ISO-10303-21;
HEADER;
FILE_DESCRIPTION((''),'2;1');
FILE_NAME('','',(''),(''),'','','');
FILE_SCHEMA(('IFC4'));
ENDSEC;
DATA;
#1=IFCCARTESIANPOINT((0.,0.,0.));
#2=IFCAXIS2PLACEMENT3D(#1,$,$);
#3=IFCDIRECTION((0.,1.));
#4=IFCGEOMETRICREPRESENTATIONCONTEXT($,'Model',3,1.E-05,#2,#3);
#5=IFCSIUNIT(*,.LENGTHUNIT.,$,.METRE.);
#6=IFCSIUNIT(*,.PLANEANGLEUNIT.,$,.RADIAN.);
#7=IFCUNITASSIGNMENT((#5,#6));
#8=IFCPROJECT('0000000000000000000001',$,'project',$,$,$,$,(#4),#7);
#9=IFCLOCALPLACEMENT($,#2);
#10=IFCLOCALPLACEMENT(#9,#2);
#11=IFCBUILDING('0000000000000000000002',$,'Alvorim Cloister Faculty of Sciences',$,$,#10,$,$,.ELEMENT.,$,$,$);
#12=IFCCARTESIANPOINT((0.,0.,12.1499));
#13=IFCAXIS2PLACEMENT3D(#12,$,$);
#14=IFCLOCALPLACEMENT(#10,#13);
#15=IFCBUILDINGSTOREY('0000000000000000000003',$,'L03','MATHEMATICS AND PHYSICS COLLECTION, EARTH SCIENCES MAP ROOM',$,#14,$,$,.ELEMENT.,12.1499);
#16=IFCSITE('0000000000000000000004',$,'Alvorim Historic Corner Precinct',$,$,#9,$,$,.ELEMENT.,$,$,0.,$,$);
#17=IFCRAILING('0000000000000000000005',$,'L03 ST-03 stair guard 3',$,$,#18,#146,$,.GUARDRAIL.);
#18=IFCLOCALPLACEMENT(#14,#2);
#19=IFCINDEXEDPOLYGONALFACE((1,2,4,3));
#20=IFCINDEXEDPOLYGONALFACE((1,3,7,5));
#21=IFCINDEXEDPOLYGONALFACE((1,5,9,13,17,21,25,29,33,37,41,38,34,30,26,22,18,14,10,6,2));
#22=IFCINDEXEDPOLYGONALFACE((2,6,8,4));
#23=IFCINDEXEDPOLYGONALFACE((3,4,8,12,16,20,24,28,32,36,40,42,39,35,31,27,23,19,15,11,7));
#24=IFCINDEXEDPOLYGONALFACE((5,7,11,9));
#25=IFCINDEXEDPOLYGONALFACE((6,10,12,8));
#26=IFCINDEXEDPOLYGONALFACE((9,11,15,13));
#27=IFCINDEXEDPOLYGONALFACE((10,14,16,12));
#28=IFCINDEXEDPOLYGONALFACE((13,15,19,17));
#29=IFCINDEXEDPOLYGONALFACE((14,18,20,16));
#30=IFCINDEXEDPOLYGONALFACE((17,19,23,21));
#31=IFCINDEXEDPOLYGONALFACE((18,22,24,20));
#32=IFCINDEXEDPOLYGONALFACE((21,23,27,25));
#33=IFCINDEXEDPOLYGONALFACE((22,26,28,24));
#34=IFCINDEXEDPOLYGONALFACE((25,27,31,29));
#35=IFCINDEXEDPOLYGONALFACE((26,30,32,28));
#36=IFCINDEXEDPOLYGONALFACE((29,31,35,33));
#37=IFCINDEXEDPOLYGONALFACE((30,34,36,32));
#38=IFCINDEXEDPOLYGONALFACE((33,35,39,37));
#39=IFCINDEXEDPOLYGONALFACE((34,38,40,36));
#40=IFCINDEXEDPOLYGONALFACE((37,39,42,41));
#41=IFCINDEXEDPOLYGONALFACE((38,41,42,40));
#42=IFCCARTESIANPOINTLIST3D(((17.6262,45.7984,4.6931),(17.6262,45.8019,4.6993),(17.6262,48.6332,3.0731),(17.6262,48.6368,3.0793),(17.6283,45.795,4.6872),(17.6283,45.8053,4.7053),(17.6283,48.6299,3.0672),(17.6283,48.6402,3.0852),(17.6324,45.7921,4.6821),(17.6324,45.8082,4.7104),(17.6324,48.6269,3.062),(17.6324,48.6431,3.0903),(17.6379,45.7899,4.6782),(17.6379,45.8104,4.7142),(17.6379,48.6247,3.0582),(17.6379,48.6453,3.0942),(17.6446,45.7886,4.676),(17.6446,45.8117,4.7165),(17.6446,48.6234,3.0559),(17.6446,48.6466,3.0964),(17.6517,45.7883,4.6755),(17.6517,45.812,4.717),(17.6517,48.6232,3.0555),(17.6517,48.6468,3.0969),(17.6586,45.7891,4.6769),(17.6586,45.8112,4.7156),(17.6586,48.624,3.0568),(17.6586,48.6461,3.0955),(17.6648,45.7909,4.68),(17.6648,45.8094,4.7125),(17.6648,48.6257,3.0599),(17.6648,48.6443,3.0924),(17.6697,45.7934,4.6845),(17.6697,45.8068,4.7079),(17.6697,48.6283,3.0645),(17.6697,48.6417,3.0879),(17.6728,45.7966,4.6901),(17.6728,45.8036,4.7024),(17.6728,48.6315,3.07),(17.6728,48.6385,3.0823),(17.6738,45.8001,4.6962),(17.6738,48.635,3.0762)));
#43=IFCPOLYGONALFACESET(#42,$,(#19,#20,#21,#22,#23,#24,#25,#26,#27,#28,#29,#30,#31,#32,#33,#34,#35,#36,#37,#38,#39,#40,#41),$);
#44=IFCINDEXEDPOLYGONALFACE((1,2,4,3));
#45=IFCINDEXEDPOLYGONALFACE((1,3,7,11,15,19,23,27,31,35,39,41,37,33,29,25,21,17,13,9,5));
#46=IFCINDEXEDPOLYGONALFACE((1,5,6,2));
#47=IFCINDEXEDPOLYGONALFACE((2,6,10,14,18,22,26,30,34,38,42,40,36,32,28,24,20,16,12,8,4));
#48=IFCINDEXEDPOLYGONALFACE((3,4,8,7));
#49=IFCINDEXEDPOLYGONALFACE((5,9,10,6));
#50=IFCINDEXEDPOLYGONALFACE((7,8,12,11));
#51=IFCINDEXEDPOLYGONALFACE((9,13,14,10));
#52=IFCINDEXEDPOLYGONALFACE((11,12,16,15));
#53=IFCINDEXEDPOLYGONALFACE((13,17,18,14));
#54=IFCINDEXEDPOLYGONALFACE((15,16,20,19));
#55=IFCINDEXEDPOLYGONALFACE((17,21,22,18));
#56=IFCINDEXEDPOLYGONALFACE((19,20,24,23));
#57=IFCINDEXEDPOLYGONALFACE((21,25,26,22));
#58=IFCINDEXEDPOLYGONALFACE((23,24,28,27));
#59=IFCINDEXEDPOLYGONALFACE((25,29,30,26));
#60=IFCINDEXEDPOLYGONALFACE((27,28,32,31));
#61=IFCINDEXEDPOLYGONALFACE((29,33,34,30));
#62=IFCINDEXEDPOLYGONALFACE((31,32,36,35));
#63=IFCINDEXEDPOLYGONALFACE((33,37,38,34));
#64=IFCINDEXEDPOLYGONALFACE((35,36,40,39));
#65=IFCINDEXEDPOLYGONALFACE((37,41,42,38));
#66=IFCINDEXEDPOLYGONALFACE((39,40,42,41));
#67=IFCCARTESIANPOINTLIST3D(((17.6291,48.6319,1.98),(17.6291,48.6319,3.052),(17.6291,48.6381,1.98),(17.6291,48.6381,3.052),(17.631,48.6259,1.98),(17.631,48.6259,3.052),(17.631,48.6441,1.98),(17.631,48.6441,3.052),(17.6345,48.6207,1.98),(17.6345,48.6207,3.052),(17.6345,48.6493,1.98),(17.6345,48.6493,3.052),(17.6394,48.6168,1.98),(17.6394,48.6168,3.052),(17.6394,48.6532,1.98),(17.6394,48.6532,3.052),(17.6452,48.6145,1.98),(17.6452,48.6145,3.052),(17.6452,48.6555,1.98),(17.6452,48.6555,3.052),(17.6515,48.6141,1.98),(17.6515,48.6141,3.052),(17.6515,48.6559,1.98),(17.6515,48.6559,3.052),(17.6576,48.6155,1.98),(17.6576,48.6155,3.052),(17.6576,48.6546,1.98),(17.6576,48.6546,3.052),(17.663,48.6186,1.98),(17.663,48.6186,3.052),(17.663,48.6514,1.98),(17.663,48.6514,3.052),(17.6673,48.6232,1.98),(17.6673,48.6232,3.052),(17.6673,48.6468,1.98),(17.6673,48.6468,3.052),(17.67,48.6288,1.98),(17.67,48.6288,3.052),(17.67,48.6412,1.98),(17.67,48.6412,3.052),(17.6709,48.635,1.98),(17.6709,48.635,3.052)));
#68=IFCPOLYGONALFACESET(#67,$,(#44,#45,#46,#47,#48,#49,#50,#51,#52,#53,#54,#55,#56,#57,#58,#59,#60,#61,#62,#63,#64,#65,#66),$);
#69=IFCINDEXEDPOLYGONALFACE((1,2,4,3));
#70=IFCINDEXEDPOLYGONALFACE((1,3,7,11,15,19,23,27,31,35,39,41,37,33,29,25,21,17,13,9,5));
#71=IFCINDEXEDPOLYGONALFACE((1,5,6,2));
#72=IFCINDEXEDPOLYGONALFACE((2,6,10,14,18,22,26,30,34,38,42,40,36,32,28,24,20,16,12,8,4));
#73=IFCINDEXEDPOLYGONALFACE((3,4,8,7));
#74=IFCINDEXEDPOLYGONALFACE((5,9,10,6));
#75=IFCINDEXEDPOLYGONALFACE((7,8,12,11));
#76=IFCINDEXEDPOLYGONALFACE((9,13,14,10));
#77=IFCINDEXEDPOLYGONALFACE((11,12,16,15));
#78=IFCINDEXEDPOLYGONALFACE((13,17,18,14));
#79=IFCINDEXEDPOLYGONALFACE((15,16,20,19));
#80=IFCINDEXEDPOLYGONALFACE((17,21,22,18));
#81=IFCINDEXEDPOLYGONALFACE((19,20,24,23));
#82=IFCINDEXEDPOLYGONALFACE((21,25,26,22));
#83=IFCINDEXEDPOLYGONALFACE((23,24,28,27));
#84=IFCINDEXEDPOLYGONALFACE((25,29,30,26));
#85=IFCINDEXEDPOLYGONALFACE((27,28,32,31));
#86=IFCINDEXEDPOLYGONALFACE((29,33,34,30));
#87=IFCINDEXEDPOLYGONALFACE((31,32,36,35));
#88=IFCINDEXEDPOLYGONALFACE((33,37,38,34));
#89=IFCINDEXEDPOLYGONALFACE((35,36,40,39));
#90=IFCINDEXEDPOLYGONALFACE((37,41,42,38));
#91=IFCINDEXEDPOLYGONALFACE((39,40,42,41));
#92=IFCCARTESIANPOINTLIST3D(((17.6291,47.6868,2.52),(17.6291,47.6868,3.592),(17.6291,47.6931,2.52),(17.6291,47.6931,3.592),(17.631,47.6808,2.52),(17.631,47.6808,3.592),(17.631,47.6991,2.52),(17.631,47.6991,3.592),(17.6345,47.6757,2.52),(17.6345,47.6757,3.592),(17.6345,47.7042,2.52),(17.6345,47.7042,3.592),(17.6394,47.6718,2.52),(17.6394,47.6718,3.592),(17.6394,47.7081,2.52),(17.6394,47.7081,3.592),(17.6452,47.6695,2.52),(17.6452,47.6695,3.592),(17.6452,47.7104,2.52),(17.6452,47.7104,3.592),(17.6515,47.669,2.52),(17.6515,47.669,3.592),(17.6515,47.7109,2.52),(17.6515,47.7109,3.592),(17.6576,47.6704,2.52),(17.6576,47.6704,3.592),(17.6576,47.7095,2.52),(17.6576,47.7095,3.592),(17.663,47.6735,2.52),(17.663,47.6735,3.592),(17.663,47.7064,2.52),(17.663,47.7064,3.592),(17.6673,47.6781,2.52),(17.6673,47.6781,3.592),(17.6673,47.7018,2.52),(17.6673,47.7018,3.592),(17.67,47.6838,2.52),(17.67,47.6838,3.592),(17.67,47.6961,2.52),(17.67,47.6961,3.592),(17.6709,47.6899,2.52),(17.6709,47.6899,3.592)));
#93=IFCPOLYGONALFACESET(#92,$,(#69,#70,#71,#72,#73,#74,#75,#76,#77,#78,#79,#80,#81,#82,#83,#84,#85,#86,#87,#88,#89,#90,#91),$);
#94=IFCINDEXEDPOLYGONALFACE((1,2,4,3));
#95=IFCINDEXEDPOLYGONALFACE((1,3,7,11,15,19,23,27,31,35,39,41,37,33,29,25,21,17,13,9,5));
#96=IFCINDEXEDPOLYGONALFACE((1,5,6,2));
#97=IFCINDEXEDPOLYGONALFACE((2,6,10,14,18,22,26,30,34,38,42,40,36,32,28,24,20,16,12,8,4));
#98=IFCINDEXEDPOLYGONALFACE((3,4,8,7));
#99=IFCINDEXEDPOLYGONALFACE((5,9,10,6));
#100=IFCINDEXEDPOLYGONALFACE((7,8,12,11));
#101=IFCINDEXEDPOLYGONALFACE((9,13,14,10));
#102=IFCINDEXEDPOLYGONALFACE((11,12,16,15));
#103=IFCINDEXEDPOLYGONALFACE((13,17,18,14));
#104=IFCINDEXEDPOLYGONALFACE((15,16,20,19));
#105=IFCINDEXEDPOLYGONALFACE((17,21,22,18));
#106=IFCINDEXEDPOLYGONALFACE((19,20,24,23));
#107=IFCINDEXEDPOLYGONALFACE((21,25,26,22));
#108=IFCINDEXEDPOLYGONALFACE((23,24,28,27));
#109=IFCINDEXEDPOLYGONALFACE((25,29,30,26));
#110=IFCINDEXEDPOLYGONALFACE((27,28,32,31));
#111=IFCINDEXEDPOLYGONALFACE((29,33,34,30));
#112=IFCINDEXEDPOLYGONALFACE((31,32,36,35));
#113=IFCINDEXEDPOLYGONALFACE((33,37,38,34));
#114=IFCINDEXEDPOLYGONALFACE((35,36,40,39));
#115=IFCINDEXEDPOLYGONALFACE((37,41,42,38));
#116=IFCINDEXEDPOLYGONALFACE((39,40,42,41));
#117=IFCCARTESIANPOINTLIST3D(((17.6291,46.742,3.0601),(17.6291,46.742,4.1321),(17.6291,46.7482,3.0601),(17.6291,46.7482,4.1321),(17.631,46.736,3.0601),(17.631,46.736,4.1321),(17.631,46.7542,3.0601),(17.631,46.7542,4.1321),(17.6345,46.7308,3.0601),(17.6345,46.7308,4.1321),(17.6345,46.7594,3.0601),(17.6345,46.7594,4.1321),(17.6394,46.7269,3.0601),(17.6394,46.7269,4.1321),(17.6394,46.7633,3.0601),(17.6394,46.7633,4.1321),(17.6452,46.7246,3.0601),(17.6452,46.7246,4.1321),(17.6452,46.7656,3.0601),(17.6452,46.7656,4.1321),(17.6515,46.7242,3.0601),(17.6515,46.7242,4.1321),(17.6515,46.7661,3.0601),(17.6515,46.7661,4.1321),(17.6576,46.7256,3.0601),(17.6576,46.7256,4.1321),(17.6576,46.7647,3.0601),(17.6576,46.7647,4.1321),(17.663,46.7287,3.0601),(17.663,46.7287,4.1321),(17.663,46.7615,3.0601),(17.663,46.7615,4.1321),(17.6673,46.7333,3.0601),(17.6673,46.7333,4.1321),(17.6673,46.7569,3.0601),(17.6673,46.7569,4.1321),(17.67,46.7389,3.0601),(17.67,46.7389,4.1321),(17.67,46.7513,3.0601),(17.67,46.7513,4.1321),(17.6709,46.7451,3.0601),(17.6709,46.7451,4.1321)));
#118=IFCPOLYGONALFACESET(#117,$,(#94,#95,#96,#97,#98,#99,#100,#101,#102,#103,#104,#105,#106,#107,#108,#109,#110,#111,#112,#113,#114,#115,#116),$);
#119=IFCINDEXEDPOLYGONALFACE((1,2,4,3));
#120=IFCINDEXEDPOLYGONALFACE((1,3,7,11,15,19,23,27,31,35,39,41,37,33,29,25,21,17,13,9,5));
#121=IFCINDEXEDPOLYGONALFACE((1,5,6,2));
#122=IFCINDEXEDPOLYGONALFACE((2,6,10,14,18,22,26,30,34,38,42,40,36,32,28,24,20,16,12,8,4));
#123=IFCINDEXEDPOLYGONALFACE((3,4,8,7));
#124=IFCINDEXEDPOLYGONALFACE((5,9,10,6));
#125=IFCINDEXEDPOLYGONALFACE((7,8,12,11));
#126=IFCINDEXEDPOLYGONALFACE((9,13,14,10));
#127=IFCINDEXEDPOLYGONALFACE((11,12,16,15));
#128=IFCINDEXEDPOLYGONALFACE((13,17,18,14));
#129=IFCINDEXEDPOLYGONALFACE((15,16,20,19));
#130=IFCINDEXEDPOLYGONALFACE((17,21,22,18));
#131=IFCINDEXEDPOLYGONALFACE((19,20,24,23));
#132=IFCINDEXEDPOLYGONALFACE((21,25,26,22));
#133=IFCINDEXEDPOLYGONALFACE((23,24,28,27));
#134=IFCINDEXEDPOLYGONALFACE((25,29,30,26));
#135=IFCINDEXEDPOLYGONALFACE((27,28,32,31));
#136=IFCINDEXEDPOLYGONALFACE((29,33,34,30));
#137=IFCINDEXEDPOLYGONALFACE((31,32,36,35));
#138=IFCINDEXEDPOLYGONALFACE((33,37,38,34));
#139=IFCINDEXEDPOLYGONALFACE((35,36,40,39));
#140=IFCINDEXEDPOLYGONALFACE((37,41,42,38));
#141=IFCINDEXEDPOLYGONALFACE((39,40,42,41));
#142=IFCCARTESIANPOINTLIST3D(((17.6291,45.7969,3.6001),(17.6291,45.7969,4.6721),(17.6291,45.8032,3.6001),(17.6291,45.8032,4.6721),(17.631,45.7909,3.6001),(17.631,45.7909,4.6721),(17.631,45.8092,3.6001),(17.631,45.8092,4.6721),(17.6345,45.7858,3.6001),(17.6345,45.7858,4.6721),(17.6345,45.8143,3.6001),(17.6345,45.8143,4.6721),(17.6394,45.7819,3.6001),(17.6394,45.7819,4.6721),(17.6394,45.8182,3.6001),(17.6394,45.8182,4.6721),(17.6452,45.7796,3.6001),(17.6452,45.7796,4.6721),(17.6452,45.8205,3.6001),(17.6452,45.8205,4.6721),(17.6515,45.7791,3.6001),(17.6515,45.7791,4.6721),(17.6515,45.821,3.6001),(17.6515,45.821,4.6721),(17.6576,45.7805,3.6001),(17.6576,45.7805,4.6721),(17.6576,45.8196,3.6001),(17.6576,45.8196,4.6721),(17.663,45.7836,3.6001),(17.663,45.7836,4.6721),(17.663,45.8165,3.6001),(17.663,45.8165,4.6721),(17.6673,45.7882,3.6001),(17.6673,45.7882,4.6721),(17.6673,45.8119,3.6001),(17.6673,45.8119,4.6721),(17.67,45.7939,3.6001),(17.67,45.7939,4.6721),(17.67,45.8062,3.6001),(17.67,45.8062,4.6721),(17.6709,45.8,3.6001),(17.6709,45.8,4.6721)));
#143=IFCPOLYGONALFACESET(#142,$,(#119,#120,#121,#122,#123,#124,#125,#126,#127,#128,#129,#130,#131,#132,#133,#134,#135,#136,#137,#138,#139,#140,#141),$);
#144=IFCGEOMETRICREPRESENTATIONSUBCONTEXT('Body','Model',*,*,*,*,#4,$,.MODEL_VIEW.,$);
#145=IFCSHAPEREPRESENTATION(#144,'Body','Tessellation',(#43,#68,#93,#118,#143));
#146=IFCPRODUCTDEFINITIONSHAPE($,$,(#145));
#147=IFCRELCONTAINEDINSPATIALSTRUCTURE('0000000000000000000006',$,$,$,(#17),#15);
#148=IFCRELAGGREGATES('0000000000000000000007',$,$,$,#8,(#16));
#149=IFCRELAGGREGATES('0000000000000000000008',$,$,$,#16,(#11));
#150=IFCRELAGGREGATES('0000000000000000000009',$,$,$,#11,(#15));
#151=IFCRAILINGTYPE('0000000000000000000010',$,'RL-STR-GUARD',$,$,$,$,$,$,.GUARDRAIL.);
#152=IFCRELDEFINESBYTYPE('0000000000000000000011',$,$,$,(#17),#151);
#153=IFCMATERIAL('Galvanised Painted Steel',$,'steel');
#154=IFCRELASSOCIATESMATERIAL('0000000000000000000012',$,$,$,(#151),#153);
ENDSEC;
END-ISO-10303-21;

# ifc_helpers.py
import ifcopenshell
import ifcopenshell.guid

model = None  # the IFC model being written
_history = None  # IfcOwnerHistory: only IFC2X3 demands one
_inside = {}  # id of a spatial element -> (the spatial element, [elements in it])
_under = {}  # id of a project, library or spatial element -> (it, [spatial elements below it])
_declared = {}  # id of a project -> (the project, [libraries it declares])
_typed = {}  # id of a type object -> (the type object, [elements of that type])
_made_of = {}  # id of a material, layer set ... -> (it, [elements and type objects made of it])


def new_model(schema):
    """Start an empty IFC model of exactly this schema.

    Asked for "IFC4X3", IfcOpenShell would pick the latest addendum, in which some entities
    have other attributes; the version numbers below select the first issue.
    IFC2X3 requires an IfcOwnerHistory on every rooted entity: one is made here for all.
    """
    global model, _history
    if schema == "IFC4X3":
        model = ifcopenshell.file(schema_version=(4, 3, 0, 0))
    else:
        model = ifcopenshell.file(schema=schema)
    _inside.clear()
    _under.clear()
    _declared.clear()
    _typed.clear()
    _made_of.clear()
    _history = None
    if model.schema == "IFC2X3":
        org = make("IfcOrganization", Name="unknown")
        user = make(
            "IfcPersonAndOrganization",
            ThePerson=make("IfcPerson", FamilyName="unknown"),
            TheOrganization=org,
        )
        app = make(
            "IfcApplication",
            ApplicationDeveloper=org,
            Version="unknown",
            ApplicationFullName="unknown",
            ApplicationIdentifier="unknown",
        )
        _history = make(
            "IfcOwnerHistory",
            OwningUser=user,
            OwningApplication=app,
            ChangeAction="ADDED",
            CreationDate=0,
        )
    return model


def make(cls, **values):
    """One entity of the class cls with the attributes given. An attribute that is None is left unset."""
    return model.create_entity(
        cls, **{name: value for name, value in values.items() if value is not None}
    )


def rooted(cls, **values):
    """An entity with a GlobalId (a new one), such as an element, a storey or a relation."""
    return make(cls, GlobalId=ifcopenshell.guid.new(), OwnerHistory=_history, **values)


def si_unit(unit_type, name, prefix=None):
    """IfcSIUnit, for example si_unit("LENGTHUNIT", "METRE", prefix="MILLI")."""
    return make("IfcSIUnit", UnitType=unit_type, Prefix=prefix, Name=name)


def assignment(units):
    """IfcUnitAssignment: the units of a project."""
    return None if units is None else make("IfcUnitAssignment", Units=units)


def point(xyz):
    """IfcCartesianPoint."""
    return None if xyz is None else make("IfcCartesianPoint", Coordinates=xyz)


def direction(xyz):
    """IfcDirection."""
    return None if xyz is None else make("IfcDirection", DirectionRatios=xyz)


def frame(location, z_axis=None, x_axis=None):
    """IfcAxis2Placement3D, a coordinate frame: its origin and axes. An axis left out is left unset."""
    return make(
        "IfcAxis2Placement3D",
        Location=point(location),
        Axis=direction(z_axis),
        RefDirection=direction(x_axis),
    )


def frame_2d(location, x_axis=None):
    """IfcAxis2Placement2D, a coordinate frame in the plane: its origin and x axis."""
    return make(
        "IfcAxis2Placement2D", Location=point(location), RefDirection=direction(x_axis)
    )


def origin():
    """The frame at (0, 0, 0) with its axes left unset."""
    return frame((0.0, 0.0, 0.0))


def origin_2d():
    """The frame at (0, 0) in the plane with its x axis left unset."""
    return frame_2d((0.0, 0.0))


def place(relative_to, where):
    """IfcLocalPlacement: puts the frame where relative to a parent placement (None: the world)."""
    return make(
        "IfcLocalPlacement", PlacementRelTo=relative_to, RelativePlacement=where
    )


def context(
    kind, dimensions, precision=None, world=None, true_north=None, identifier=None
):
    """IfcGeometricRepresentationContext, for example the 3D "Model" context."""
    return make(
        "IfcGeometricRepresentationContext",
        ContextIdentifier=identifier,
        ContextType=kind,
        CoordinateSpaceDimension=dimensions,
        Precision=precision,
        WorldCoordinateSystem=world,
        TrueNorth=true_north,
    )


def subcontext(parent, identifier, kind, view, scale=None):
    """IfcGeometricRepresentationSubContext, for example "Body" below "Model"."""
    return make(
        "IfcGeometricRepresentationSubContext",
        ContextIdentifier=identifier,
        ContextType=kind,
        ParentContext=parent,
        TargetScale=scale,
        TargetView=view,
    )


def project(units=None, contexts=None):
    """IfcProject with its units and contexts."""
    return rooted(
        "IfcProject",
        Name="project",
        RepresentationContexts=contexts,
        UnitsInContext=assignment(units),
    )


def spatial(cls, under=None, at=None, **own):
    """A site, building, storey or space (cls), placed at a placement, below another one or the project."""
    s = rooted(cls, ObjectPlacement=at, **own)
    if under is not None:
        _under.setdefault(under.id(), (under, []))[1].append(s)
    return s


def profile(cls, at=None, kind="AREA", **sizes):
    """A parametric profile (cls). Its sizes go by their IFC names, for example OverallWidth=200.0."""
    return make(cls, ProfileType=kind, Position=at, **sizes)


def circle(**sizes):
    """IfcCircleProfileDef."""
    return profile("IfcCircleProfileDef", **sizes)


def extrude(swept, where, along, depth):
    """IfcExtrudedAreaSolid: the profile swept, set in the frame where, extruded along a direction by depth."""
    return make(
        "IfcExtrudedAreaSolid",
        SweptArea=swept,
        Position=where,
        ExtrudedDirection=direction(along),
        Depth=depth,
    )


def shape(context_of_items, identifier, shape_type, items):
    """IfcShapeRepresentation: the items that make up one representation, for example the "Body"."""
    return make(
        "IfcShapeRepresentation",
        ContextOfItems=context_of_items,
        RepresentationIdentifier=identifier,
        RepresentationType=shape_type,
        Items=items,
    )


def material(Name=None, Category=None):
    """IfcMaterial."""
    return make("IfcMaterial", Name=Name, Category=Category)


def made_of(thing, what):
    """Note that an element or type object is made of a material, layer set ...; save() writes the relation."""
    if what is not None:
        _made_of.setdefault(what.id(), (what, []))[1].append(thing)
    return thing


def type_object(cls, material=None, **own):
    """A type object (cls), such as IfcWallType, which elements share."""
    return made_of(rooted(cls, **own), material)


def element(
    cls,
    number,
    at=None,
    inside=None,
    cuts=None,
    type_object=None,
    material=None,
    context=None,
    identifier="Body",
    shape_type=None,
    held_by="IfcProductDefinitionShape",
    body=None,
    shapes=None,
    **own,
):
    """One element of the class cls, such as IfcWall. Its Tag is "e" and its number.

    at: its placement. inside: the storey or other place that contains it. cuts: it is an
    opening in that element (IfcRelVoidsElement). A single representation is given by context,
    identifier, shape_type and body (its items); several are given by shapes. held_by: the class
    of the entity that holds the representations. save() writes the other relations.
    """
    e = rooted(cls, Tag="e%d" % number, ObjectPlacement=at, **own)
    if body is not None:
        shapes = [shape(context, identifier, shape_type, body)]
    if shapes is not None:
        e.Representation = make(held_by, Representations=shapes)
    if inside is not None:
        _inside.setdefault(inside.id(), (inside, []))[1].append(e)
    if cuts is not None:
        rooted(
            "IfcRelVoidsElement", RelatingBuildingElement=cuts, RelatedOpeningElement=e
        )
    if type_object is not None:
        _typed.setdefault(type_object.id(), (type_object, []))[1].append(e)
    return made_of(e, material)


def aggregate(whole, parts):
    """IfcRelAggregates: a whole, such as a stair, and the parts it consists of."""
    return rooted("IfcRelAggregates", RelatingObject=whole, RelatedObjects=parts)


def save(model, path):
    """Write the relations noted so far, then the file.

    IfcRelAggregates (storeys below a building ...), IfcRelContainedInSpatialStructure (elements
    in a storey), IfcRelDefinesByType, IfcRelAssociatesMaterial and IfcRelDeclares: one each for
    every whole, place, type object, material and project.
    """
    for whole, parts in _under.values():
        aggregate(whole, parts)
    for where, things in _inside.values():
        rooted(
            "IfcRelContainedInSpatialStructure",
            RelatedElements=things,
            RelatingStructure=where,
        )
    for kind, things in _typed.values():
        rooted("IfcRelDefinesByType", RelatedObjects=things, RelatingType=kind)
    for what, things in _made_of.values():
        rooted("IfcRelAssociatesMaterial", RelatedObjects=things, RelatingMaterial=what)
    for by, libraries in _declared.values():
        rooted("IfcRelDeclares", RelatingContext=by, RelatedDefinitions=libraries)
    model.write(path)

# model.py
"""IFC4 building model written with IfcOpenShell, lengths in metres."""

from ifc_helpers import new_model, si_unit, direction, frame, origin, origin_2d, place, context, subcontext, project, spatial, circle, extrude, material, type_object, element, save


model = new_model("IFC4")

# Units and contexts
model_context = context("Model", 3, precision=1e-05, world=origin(), true_north=direction((0.0, 1.0)))
body_context = subcontext(model_context, "Body", "Model", "MODEL_VIEW")
ifc_project = project(units=[si_unit("LENGTHUNIT", "METRE"), si_unit("PLANEANGLEUNIT", "RADIAN")], contexts=[model_context])

# Site, building, storey
site_placement = place(None, origin())
site = spatial("IfcSite", under=ifc_project, at=site_placement, Name="Alvorim Historic Corner Precinct", CompositionType="ELEMENT", RefElevation=0.0)
building_placement = place(site_placement, origin())
building = spatial("IfcBuilding", under=site, at=building_placement, Name="Alvorim Cloister Faculty of Sciences", CompositionType="ELEMENT")
storey_placement = place(building_placement, frame((0.0, 0.0, 12.1499)))
storey = spatial("IfcBuildingStorey", under=building, at=storey_placement, Name="L03", Description="MATHEMATICS AND PHYSICS COLLECTION, EARTH SCIENCES MAP ROOM", CompositionType="ELEMENT", Elevation=12.1499)

# Railing
ifc_material_1 = material(Name="Galvanised Painted Steel", Category="steel")
railing_type_1 = type_object("IfcRailingType", Name="RL-STR-GUARD", PredefinedType="GUARDRAIL", material=ifc_material_1)
railing_1_placement = place(storey_placement, frame((17.6499, 48.635, 1.98)))
element("IfcRailing", 1, at=railing_1_placement, inside=storey, type_object=railing_type_1, Name="L03 ST-03 stair guard 3", PredefinedType="GUARDRAIL", context=body_context, shape_type="SweptSolid", body=[
    extrude(circle(Radius=0.0239, at=origin_2d()), frame((0.0, 0.0, 1.0962), z_axis=(0.0, -0.868225, 0.496171), x_axis=(1.0, 0.0, 0.0)), (0.0, 0.0, 1.0), 3.2651),
    extrude(circle(Radius=0.021, at=origin_2d()), origin(), (0.0, 0.0, 1.0), 1.072),
    extrude(circle(Radius=0.021, at=origin_2d()), frame((0.0, -0.9451, 0.54)), (0.0, 0.0, 1.0), 1.072),
    extrude(circle(Radius=0.021, at=origin_2d()), frame((0.0, -1.8899, 1.0801)), (0.0, 0.0, 1.0), 1.072),
    extrude(circle(Radius=0.021, at=origin_2d()), frame((0.0, -2.835, 1.6201)), (0.0, 0.0, 1.0), 1.072),
])

save(model, "model.ifc")
